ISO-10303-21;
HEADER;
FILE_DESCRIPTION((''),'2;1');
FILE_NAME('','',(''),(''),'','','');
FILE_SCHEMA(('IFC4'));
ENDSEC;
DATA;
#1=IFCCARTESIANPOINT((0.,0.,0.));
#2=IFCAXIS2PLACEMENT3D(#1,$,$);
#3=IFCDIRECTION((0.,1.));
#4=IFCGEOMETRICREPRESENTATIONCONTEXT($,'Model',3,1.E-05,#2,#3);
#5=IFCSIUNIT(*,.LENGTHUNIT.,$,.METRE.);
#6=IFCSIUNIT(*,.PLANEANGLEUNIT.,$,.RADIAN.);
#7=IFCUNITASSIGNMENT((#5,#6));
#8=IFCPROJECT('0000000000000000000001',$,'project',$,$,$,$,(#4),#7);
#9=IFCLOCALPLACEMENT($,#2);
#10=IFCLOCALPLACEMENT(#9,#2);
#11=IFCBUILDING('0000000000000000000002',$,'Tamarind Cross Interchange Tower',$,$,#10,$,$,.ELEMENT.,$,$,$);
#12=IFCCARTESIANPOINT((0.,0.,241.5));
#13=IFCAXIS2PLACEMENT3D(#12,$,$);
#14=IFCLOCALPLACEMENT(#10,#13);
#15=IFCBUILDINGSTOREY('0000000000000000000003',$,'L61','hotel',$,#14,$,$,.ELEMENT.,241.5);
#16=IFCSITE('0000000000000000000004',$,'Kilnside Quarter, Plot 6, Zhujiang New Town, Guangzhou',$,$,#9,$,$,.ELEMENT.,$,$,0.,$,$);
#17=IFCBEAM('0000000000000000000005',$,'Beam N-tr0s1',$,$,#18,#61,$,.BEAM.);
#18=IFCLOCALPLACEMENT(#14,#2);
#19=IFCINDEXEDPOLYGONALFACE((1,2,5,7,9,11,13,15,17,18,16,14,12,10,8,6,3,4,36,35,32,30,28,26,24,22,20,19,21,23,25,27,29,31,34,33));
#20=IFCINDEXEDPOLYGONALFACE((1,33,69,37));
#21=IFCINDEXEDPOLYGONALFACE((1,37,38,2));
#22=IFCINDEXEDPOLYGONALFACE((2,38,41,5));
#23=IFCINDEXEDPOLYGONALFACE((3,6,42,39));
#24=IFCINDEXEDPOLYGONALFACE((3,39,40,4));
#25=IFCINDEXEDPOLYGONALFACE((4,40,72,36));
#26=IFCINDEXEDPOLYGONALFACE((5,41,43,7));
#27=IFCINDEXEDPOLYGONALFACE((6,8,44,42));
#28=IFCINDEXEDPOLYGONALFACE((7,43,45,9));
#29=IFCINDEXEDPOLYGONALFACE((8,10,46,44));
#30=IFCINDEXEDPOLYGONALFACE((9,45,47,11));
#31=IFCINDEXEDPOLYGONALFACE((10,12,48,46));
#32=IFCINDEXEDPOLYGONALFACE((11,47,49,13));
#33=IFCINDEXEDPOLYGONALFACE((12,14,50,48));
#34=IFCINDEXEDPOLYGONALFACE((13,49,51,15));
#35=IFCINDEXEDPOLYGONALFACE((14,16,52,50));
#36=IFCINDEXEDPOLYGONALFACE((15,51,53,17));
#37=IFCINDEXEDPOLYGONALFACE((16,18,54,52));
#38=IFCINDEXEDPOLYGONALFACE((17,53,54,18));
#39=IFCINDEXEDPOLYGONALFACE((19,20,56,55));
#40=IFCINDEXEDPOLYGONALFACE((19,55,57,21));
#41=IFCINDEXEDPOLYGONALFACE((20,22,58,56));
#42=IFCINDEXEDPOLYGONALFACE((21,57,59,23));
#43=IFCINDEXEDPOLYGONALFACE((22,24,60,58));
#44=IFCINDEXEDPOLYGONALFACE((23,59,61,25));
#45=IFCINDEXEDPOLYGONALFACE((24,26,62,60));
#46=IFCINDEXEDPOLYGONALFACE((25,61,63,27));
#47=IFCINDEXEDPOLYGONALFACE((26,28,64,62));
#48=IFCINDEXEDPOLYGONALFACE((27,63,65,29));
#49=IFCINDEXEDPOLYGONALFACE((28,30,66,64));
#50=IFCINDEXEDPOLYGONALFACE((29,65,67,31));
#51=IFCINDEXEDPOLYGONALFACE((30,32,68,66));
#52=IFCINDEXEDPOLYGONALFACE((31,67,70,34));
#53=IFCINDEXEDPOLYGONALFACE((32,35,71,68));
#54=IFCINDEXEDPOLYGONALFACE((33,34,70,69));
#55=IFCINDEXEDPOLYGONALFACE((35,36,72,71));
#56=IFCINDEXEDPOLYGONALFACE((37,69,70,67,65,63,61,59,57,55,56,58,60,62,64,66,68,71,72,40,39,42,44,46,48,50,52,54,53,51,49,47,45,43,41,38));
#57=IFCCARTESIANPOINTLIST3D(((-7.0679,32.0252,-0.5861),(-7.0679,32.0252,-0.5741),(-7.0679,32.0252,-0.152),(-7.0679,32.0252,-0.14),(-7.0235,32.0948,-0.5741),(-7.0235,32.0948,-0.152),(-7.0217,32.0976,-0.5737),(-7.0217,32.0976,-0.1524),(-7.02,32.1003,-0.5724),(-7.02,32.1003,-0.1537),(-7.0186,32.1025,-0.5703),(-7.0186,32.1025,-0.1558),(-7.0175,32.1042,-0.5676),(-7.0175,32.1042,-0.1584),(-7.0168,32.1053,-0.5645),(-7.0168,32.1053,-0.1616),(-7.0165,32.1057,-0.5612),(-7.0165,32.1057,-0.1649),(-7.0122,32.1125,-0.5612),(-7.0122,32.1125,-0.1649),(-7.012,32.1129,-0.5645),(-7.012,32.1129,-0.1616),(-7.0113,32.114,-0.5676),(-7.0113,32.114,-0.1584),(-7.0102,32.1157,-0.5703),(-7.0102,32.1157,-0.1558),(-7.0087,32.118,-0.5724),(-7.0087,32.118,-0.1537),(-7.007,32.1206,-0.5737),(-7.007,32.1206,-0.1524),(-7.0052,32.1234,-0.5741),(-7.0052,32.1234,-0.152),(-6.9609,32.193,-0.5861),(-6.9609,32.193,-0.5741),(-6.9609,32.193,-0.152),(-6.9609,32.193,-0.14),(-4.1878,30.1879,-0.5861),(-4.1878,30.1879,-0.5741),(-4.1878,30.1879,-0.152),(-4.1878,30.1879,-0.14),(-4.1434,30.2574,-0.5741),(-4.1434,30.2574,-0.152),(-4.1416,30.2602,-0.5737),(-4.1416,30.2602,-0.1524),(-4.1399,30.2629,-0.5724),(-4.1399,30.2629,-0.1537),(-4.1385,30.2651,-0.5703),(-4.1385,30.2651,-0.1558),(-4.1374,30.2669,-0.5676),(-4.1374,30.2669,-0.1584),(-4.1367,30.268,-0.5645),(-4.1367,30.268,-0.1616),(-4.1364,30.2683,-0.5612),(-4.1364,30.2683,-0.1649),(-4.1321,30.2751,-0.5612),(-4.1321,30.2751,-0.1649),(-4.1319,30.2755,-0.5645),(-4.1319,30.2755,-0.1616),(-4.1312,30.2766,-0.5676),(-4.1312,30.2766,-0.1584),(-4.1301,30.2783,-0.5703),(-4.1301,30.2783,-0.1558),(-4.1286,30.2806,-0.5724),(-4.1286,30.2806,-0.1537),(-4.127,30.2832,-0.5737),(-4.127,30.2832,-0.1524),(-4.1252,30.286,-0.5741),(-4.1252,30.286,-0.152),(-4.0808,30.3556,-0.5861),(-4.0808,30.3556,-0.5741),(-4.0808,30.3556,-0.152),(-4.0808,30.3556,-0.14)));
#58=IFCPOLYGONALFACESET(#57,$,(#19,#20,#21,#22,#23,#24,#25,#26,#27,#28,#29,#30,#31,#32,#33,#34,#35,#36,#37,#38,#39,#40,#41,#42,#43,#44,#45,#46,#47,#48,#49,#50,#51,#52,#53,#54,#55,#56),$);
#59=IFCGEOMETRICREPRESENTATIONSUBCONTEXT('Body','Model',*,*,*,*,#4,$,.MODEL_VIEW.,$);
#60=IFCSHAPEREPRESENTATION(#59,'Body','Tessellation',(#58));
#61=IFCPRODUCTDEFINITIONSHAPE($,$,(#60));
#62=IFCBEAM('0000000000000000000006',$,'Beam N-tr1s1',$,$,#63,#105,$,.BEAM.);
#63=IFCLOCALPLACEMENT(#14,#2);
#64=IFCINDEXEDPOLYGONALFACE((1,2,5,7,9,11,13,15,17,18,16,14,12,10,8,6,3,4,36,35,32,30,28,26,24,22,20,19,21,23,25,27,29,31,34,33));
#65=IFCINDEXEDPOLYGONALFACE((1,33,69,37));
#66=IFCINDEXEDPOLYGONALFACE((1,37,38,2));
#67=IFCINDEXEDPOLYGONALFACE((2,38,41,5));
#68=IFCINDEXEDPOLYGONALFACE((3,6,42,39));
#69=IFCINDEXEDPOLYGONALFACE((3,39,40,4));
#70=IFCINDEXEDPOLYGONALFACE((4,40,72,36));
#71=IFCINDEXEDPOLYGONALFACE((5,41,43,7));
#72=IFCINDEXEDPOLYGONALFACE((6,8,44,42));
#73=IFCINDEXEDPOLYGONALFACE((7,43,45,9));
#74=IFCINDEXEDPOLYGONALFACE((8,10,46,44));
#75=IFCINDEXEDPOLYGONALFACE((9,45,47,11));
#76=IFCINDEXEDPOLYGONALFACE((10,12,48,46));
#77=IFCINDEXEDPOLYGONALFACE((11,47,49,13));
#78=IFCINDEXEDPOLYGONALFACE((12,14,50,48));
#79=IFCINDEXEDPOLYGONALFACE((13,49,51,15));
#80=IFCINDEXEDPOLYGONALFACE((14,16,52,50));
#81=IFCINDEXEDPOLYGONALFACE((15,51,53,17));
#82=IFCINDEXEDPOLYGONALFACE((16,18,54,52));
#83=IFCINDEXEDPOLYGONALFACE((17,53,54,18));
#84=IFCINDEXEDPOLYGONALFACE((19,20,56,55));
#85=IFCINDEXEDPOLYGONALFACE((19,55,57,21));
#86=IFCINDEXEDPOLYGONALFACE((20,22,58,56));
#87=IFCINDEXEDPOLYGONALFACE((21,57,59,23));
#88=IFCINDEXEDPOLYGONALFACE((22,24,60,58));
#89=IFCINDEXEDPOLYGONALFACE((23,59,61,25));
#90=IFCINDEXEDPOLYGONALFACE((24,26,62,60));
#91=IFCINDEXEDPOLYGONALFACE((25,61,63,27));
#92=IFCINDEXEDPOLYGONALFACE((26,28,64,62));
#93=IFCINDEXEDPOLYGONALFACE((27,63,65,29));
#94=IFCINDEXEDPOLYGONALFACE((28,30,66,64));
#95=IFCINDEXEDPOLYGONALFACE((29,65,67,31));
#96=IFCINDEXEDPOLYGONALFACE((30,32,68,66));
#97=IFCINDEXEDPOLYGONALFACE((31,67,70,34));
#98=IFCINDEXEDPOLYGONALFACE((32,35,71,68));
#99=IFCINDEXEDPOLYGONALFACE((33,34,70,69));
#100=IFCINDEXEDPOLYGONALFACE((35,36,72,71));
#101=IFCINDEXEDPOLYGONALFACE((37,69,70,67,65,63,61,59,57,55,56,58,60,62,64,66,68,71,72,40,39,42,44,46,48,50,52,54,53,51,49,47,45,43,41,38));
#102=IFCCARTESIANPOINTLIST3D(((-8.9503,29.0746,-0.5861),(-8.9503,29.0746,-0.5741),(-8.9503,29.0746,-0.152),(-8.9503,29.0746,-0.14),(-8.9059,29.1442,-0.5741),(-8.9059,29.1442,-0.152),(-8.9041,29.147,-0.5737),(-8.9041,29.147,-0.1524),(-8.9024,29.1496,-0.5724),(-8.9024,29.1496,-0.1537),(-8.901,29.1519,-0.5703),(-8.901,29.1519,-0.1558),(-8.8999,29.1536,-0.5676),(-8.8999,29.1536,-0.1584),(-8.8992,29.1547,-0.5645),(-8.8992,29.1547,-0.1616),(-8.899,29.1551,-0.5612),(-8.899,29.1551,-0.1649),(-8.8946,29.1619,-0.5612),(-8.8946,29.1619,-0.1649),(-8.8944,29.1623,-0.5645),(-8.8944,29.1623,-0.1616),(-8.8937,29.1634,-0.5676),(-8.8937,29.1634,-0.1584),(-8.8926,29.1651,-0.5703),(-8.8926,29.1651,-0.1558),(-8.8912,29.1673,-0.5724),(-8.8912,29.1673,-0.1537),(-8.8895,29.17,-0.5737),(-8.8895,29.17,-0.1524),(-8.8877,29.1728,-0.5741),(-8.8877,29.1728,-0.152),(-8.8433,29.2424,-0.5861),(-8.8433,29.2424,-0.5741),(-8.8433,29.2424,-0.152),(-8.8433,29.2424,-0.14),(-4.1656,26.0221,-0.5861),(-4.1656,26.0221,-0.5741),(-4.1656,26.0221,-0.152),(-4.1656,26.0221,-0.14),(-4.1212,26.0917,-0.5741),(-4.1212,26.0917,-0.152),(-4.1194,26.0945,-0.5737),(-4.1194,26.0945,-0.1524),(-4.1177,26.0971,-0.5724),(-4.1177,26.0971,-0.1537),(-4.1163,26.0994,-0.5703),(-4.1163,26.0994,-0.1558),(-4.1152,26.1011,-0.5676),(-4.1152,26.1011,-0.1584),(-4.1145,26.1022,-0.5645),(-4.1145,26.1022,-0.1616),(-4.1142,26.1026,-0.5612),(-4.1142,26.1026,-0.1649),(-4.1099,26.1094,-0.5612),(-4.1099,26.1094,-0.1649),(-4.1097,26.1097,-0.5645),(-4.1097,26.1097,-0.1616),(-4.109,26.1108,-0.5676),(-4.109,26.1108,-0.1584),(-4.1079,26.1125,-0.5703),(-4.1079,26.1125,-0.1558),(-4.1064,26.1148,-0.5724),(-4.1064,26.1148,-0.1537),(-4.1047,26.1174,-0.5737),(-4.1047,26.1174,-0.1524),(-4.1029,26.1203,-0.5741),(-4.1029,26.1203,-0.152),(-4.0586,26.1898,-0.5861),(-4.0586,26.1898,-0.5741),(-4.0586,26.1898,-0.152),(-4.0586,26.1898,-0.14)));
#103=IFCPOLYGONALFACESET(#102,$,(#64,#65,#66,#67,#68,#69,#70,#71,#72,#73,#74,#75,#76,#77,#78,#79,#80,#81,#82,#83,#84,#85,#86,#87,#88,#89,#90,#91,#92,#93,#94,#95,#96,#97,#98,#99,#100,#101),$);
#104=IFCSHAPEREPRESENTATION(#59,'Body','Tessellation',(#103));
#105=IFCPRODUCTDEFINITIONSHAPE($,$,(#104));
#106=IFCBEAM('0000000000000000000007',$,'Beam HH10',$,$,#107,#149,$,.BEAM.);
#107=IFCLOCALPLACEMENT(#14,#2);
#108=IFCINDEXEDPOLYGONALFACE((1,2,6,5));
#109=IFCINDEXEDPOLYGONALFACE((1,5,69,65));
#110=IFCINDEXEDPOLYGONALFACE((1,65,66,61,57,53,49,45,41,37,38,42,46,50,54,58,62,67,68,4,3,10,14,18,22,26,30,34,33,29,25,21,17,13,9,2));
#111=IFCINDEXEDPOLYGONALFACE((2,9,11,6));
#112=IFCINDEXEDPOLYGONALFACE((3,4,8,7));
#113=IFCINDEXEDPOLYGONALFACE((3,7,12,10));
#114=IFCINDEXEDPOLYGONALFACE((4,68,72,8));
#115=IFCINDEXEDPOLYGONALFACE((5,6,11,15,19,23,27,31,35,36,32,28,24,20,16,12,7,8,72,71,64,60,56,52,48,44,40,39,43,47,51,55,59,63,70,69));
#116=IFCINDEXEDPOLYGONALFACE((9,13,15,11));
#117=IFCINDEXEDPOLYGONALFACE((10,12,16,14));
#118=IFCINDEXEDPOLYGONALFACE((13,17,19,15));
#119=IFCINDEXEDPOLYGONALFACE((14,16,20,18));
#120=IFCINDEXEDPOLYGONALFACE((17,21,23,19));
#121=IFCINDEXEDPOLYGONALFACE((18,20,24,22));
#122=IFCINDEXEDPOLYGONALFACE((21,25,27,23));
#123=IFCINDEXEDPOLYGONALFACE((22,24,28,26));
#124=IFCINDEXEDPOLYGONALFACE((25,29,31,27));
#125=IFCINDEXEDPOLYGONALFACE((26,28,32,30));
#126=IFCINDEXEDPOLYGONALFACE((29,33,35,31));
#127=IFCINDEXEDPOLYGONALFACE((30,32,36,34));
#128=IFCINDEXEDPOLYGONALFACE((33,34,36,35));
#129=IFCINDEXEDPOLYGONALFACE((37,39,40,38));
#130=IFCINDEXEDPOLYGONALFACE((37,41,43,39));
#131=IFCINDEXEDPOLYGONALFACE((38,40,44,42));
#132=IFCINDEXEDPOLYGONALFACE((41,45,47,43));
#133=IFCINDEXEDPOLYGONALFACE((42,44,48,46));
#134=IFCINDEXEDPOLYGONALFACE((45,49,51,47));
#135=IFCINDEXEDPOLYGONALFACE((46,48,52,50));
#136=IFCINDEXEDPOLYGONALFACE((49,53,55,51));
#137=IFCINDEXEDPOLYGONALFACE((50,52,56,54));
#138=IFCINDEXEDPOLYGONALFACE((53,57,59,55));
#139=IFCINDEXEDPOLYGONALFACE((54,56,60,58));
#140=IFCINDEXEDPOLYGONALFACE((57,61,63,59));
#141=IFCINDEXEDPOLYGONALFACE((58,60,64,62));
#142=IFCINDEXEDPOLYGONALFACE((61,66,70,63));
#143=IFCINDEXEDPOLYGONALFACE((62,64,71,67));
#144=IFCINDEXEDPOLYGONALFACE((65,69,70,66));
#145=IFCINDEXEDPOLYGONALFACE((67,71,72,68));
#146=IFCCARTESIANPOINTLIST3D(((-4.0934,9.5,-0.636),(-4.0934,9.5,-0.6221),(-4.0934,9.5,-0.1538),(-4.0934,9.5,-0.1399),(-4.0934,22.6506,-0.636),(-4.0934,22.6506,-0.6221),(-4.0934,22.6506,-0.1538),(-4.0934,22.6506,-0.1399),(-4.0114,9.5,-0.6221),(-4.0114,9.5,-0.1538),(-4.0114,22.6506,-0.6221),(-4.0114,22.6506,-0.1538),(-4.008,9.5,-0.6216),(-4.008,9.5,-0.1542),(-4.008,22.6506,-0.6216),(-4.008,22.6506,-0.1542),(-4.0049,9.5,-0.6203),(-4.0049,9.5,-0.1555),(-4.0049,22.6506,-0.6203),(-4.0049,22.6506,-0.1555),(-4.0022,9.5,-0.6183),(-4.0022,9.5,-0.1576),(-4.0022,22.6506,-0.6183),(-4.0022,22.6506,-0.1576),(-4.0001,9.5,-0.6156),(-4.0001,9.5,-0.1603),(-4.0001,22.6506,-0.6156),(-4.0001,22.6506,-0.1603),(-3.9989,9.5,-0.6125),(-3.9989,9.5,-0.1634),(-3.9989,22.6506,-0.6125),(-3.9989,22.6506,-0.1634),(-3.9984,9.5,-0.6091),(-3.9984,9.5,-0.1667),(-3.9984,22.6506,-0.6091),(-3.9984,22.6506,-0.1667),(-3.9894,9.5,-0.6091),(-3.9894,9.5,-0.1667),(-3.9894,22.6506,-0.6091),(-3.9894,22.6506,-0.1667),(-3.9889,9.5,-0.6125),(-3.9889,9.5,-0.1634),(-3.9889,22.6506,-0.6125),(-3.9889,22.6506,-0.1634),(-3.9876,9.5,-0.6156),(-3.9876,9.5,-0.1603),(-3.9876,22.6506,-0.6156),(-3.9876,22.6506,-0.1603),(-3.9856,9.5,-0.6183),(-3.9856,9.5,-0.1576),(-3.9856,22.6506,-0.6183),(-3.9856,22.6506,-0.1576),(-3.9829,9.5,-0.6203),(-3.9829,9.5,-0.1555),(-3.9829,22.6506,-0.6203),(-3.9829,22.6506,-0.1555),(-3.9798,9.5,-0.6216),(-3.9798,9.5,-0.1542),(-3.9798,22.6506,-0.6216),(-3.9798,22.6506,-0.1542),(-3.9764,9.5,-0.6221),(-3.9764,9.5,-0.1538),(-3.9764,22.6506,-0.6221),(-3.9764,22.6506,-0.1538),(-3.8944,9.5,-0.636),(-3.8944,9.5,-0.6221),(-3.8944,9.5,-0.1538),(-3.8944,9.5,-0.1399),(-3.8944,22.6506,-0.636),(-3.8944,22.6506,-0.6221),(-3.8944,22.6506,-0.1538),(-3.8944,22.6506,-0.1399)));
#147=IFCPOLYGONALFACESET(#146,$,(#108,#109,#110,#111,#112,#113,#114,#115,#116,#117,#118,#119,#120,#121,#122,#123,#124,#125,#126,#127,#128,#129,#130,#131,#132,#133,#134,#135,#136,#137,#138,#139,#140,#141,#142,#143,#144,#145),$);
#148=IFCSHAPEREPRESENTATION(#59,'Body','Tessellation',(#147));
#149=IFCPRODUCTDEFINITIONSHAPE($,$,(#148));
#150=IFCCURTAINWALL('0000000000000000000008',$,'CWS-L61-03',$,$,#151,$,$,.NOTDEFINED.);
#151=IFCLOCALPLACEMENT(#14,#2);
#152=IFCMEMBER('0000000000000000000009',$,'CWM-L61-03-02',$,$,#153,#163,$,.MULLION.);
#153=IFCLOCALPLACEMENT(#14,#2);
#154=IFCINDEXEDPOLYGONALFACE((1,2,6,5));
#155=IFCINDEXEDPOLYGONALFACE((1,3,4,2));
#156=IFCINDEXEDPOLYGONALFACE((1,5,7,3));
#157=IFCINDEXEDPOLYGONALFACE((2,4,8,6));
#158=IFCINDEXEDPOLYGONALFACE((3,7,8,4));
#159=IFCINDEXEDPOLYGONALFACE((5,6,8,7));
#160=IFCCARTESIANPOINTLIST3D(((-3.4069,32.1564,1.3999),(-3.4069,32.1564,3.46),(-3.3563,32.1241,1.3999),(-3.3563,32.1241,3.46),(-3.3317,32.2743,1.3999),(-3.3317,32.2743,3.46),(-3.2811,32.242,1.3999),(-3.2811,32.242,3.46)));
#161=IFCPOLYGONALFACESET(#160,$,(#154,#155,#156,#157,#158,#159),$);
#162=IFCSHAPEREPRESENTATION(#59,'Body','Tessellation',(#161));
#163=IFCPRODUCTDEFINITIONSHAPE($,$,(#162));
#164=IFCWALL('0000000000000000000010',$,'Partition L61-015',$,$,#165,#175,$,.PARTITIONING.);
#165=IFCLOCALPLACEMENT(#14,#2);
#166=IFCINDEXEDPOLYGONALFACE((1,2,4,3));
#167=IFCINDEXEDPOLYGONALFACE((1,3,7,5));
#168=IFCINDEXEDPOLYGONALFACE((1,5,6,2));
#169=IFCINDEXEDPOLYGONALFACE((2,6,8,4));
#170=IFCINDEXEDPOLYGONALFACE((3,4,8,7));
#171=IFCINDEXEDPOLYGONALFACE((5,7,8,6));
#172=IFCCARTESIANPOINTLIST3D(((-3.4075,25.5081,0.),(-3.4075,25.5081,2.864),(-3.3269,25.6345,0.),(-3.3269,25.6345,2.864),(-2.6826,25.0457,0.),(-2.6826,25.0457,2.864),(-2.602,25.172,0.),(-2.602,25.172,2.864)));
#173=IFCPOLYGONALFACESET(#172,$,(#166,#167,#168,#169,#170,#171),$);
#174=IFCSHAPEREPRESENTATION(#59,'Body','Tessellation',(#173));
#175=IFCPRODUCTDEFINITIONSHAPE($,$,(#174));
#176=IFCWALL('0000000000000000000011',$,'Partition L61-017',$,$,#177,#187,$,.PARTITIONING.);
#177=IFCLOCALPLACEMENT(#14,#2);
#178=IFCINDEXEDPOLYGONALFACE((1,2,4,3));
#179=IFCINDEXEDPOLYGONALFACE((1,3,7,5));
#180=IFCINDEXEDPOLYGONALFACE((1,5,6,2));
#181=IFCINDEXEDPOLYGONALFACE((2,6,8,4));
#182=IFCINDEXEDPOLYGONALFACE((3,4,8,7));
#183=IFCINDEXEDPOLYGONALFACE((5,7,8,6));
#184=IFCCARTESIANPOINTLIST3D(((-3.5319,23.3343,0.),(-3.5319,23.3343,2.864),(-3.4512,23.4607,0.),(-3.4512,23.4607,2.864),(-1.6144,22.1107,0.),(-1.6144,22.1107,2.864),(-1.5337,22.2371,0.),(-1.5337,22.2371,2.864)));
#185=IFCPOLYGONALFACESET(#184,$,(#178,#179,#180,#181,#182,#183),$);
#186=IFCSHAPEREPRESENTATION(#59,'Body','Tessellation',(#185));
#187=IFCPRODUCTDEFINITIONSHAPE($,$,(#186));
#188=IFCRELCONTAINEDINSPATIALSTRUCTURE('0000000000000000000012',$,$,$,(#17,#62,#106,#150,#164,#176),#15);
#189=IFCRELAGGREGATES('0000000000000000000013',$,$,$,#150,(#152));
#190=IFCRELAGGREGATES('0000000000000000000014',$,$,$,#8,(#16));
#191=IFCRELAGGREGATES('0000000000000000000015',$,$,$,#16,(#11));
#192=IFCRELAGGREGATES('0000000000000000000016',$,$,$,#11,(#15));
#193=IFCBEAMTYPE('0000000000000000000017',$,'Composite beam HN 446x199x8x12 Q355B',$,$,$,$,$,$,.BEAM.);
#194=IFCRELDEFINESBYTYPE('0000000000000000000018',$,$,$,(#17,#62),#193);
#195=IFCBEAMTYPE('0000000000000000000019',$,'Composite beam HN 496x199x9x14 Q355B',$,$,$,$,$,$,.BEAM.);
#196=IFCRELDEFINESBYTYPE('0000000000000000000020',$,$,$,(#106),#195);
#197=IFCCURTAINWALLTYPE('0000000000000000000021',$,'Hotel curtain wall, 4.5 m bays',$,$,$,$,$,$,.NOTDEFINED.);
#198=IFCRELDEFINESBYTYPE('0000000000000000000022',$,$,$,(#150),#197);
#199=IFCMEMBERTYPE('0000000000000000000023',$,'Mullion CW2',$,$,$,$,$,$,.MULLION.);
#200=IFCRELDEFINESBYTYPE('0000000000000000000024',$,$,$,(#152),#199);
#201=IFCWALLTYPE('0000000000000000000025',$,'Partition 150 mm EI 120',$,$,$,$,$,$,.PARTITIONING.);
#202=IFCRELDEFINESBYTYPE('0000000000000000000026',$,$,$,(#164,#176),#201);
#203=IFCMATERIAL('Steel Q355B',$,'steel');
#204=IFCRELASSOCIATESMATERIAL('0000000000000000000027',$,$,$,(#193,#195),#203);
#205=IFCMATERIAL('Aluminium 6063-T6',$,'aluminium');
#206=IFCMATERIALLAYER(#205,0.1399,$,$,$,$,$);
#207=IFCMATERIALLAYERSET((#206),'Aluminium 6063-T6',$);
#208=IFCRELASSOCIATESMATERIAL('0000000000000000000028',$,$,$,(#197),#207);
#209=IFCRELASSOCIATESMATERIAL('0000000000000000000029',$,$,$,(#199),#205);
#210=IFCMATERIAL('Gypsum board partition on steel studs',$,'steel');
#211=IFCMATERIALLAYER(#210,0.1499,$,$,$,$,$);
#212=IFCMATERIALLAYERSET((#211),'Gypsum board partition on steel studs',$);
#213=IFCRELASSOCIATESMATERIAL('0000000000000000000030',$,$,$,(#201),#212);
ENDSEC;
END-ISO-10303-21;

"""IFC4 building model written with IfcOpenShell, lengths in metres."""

from ifc_helpers import new_model, si_unit, direction, frame, frame_2d, origin, origin_2d, place, context, subcontext, project, spatial, rectangle, i_section, extrude, material, layer, layer_set, material_profile, profile_set, type_object, element, aggregate, save


model = new_model("IFC4")

# Units and contexts
model_context = context("Model", 3, precision=1e-05, world=origin(), true_north=direction((0.0, 1.0)))
body_context = subcontext(model_context, "Body", "Model", "MODEL_VIEW")
ifc_project = project(units=[si_unit("LENGTHUNIT", "METRE"), si_unit("PLANEANGLEUNIT", "RADIAN")], contexts=[model_context])

# Site, building, storey
site_placement = place(None, origin())
site = spatial("IfcSite", under=ifc_project, at=site_placement, Name="Kilnside Quarter, Plot 6, Zhujiang New Town, Guangzhou", CompositionType="ELEMENT", RefElevation=0.0)
building_placement = place(site_placement, origin())
building = spatial("IfcBuilding", under=site, at=building_placement, Name="Tamarind Cross Interchange Tower", CompositionType="ELEMENT")
storey_placement = place(building_placement, frame((0.0, 0.0, 241.5)))
storey = spatial("IfcBuildingStorey", under=building, at=storey_placement, Name="L61", Description="hotel", CompositionType="ELEMENT", Elevation=241.5)

# Beams
ifc_material_1 = material(Name="Steel Q355B", Category="steel")
ifc_material_profile_1 = material_profile(ifc_material_1, i_section(OverallWidth=0.199, OverallDepth=0.446, WebThickness=0.0081, FlangeThickness=0.012, FilletRadius=0.0129, at=origin_2d()), Name="HN 446x199x8x12")
ifc_profile_set_1 = profile_set([ifc_material_profile_1], Name="Steel Q355B")
beam_type_1 = type_object("IfcBeamType", Name="Composite beam HN 446x199x8x12 Q355B", PredefinedType="BEAM", material=ifc_profile_set_1)
beam_1_placement = place(storey_placement, frame((-4.1343, 30.2717, -0.363), z_axis=(-0.843052, 0.537832, 0.0), x_axis=(-0.537832, -0.843052, 0.0)))
element("IfcBeam", 1, at=beam_1_placement, inside=storey, type_object=beam_type_1, Name="Beam N-tr0s1", PredefinedType="BEAM", context=body_context, shape_type="SweptSolid", body=[
    extrude(i_section(OverallWidth=0.199, OverallDepth=0.446, WebThickness=0.0081, FlangeThickness=0.012, FilletRadius=0.0129, at=origin_2d()), origin(), (0.0, 0.0, 1.0), 3.4163),
])
beam_2_placement = place(storey_placement, frame((-4.1121, 26.106, -0.363), z_axis=(-0.843046, 0.537841, 0.0), x_axis=(-0.537841, -0.843046, 0.0)))
element("IfcBeam", 2, at=beam_2_placement, inside=storey, type_object=beam_type_1, Name="Beam N-tr1s1", PredefinedType="BEAM", context=body_context, shape_type="SweptSolid", body=[
    extrude(i_section(OverallWidth=0.199, OverallDepth=0.446, WebThickness=0.0081, FlangeThickness=0.012, FilletRadius=0.0129, at=origin_2d()), origin(), (0.0, 0.0, 1.0), 5.6755),
])
ifc_material_profile_2 = material_profile(ifc_material_1, i_section(OverallWidth=0.199, OverallDepth=0.4961, WebThickness=0.009, FlangeThickness=0.0139, FilletRadius=0.0129, at=origin_2d()), Name="HN 496x199x9x14")
ifc_profile_set_2 = profile_set([ifc_material_profile_2], Name="Steel Q355B")
beam_type_2 = type_object("IfcBeamType", Name="Composite beam HN 496x199x9x14 Q355B", PredefinedType="BEAM", material=ifc_profile_set_2)
beam_3_placement = place(storey_placement, frame((-3.9939, 22.6506, -0.3879), z_axis=(0.0, -1.0, 0.0), x_axis=(1.0, 0.0, 0.0)))
element("IfcBeam", 3, at=beam_3_placement, inside=storey, type_object=beam_type_2, Name="Beam HH10", PredefinedType="BEAM", context=body_context, shape_type="SweptSolid", body=[
    extrude(i_section(OverallWidth=0.199, OverallDepth=0.4961, WebThickness=0.009, FlangeThickness=0.0139, FilletRadius=0.0129, at=origin_2d()), origin(), (0.0, 0.0, 1.0), 13.1506),
])

# Curtain wall, member
ifc_material_2 = material(Name="Aluminium 6063-T6", Category="aluminium")
ifc_layer_1 = layer(ifc_material_2, 0.1399)
ifc_layer_set_1 = layer_set([ifc_layer_1], Name="Aluminium 6063-T6")
curtain_wall_type = type_object("IfcCurtainWallType", Name="Hotel curtain wall, 4.5 m bays", PredefinedType="NOTDEFINED", material=ifc_layer_set_1)
curtain_wall_placement = place(storey_placement, origin())
curtain_wall = element("IfcCurtainWall", 4, at=curtain_wall_placement, inside=storey, type_object=curtain_wall_type, Name="CWS-L61-03", PredefinedType="NOTDEFINED")
ifc_material_profile_3 = material_profile(ifc_material_2, rectangle(XDim=0.0601, YDim=0.1399, at=origin_2d()), Name="Mullion CW2")
ifc_profile_set_3 = profile_set([ifc_material_profile_3], Name="Aluminium 6063-T6")
member_type = type_object("IfcMemberType", Name="Mullion CW2", PredefinedType="MULLION", material=ifc_profile_set_3)
member_placement = place(storey_placement, frame((-3.344, 32.1992, 1.3999), z_axis=(0.0, 0.0, 1.0), x_axis=(-0.843054, 0.537829, 0.0)))
member = element("IfcMember", 5, at=member_placement, type_object=member_type, Name="CWM-L61-03-02", PredefinedType="MULLION", context=body_context, shape_type="SweptSolid", body=[
    extrude(rectangle(XDim=0.0601, YDim=0.1399, at=origin_2d()), origin(), (0.0, 0.0, 1.0), 2.0601),
])
aggregate(curtain_wall, [member])

# Walls
ifc_material_3 = material(Name="Gypsum board partition on steel studs", Category="steel")
ifc_layer_2 = layer(ifc_material_3, 0.1499)
ifc_layer_set_2 = layer_set([ifc_layer_2], Name="Gypsum board partition on steel studs")
wall_type_1 = type_object("IfcWallType", Name="Partition 150 mm EI 120", PredefinedType="PARTITIONING", material=ifc_layer_set_2)
wall_1_placement = place(storey_placement, frame((-3.3672, 25.5713, 0.0), z_axis=(0.0, 0.0, 1.0), x_axis=(0.843065, -0.537812, 0.0)))
element("IfcWall", 6, at=wall_1_placement, inside=storey, type_object=wall_type_1, Name="Partition L61-015", PredefinedType="PARTITIONING", context=body_context, shape_type="SweptSolid", body=[
    extrude(rectangle(XDim=0.8599, YDim=0.1499, at=frame_2d((0.4299, 0.0))), origin(), (0.0, 0.0, 1.0), 2.864),
])
wall_2_placement = place(storey_placement, frame((-3.4915, 23.3975, 0.0), z_axis=(0.0, 0.0, 1.0), x_axis=(0.84298, -0.537945, 0.0)))
element("IfcWall", 7, at=wall_2_placement, inside=storey, type_object=wall_type_1, Name="Partition L61-017", PredefinedType="PARTITIONING", context=body_context, shape_type="SweptSolid", body=[
    extrude(rectangle(XDim=2.2747, YDim=0.1499, at=frame_2d((1.1372, 0.0))), origin(), (0.0, 0.0, 1.0), 2.864),
])

save(model, "model.ifc")
